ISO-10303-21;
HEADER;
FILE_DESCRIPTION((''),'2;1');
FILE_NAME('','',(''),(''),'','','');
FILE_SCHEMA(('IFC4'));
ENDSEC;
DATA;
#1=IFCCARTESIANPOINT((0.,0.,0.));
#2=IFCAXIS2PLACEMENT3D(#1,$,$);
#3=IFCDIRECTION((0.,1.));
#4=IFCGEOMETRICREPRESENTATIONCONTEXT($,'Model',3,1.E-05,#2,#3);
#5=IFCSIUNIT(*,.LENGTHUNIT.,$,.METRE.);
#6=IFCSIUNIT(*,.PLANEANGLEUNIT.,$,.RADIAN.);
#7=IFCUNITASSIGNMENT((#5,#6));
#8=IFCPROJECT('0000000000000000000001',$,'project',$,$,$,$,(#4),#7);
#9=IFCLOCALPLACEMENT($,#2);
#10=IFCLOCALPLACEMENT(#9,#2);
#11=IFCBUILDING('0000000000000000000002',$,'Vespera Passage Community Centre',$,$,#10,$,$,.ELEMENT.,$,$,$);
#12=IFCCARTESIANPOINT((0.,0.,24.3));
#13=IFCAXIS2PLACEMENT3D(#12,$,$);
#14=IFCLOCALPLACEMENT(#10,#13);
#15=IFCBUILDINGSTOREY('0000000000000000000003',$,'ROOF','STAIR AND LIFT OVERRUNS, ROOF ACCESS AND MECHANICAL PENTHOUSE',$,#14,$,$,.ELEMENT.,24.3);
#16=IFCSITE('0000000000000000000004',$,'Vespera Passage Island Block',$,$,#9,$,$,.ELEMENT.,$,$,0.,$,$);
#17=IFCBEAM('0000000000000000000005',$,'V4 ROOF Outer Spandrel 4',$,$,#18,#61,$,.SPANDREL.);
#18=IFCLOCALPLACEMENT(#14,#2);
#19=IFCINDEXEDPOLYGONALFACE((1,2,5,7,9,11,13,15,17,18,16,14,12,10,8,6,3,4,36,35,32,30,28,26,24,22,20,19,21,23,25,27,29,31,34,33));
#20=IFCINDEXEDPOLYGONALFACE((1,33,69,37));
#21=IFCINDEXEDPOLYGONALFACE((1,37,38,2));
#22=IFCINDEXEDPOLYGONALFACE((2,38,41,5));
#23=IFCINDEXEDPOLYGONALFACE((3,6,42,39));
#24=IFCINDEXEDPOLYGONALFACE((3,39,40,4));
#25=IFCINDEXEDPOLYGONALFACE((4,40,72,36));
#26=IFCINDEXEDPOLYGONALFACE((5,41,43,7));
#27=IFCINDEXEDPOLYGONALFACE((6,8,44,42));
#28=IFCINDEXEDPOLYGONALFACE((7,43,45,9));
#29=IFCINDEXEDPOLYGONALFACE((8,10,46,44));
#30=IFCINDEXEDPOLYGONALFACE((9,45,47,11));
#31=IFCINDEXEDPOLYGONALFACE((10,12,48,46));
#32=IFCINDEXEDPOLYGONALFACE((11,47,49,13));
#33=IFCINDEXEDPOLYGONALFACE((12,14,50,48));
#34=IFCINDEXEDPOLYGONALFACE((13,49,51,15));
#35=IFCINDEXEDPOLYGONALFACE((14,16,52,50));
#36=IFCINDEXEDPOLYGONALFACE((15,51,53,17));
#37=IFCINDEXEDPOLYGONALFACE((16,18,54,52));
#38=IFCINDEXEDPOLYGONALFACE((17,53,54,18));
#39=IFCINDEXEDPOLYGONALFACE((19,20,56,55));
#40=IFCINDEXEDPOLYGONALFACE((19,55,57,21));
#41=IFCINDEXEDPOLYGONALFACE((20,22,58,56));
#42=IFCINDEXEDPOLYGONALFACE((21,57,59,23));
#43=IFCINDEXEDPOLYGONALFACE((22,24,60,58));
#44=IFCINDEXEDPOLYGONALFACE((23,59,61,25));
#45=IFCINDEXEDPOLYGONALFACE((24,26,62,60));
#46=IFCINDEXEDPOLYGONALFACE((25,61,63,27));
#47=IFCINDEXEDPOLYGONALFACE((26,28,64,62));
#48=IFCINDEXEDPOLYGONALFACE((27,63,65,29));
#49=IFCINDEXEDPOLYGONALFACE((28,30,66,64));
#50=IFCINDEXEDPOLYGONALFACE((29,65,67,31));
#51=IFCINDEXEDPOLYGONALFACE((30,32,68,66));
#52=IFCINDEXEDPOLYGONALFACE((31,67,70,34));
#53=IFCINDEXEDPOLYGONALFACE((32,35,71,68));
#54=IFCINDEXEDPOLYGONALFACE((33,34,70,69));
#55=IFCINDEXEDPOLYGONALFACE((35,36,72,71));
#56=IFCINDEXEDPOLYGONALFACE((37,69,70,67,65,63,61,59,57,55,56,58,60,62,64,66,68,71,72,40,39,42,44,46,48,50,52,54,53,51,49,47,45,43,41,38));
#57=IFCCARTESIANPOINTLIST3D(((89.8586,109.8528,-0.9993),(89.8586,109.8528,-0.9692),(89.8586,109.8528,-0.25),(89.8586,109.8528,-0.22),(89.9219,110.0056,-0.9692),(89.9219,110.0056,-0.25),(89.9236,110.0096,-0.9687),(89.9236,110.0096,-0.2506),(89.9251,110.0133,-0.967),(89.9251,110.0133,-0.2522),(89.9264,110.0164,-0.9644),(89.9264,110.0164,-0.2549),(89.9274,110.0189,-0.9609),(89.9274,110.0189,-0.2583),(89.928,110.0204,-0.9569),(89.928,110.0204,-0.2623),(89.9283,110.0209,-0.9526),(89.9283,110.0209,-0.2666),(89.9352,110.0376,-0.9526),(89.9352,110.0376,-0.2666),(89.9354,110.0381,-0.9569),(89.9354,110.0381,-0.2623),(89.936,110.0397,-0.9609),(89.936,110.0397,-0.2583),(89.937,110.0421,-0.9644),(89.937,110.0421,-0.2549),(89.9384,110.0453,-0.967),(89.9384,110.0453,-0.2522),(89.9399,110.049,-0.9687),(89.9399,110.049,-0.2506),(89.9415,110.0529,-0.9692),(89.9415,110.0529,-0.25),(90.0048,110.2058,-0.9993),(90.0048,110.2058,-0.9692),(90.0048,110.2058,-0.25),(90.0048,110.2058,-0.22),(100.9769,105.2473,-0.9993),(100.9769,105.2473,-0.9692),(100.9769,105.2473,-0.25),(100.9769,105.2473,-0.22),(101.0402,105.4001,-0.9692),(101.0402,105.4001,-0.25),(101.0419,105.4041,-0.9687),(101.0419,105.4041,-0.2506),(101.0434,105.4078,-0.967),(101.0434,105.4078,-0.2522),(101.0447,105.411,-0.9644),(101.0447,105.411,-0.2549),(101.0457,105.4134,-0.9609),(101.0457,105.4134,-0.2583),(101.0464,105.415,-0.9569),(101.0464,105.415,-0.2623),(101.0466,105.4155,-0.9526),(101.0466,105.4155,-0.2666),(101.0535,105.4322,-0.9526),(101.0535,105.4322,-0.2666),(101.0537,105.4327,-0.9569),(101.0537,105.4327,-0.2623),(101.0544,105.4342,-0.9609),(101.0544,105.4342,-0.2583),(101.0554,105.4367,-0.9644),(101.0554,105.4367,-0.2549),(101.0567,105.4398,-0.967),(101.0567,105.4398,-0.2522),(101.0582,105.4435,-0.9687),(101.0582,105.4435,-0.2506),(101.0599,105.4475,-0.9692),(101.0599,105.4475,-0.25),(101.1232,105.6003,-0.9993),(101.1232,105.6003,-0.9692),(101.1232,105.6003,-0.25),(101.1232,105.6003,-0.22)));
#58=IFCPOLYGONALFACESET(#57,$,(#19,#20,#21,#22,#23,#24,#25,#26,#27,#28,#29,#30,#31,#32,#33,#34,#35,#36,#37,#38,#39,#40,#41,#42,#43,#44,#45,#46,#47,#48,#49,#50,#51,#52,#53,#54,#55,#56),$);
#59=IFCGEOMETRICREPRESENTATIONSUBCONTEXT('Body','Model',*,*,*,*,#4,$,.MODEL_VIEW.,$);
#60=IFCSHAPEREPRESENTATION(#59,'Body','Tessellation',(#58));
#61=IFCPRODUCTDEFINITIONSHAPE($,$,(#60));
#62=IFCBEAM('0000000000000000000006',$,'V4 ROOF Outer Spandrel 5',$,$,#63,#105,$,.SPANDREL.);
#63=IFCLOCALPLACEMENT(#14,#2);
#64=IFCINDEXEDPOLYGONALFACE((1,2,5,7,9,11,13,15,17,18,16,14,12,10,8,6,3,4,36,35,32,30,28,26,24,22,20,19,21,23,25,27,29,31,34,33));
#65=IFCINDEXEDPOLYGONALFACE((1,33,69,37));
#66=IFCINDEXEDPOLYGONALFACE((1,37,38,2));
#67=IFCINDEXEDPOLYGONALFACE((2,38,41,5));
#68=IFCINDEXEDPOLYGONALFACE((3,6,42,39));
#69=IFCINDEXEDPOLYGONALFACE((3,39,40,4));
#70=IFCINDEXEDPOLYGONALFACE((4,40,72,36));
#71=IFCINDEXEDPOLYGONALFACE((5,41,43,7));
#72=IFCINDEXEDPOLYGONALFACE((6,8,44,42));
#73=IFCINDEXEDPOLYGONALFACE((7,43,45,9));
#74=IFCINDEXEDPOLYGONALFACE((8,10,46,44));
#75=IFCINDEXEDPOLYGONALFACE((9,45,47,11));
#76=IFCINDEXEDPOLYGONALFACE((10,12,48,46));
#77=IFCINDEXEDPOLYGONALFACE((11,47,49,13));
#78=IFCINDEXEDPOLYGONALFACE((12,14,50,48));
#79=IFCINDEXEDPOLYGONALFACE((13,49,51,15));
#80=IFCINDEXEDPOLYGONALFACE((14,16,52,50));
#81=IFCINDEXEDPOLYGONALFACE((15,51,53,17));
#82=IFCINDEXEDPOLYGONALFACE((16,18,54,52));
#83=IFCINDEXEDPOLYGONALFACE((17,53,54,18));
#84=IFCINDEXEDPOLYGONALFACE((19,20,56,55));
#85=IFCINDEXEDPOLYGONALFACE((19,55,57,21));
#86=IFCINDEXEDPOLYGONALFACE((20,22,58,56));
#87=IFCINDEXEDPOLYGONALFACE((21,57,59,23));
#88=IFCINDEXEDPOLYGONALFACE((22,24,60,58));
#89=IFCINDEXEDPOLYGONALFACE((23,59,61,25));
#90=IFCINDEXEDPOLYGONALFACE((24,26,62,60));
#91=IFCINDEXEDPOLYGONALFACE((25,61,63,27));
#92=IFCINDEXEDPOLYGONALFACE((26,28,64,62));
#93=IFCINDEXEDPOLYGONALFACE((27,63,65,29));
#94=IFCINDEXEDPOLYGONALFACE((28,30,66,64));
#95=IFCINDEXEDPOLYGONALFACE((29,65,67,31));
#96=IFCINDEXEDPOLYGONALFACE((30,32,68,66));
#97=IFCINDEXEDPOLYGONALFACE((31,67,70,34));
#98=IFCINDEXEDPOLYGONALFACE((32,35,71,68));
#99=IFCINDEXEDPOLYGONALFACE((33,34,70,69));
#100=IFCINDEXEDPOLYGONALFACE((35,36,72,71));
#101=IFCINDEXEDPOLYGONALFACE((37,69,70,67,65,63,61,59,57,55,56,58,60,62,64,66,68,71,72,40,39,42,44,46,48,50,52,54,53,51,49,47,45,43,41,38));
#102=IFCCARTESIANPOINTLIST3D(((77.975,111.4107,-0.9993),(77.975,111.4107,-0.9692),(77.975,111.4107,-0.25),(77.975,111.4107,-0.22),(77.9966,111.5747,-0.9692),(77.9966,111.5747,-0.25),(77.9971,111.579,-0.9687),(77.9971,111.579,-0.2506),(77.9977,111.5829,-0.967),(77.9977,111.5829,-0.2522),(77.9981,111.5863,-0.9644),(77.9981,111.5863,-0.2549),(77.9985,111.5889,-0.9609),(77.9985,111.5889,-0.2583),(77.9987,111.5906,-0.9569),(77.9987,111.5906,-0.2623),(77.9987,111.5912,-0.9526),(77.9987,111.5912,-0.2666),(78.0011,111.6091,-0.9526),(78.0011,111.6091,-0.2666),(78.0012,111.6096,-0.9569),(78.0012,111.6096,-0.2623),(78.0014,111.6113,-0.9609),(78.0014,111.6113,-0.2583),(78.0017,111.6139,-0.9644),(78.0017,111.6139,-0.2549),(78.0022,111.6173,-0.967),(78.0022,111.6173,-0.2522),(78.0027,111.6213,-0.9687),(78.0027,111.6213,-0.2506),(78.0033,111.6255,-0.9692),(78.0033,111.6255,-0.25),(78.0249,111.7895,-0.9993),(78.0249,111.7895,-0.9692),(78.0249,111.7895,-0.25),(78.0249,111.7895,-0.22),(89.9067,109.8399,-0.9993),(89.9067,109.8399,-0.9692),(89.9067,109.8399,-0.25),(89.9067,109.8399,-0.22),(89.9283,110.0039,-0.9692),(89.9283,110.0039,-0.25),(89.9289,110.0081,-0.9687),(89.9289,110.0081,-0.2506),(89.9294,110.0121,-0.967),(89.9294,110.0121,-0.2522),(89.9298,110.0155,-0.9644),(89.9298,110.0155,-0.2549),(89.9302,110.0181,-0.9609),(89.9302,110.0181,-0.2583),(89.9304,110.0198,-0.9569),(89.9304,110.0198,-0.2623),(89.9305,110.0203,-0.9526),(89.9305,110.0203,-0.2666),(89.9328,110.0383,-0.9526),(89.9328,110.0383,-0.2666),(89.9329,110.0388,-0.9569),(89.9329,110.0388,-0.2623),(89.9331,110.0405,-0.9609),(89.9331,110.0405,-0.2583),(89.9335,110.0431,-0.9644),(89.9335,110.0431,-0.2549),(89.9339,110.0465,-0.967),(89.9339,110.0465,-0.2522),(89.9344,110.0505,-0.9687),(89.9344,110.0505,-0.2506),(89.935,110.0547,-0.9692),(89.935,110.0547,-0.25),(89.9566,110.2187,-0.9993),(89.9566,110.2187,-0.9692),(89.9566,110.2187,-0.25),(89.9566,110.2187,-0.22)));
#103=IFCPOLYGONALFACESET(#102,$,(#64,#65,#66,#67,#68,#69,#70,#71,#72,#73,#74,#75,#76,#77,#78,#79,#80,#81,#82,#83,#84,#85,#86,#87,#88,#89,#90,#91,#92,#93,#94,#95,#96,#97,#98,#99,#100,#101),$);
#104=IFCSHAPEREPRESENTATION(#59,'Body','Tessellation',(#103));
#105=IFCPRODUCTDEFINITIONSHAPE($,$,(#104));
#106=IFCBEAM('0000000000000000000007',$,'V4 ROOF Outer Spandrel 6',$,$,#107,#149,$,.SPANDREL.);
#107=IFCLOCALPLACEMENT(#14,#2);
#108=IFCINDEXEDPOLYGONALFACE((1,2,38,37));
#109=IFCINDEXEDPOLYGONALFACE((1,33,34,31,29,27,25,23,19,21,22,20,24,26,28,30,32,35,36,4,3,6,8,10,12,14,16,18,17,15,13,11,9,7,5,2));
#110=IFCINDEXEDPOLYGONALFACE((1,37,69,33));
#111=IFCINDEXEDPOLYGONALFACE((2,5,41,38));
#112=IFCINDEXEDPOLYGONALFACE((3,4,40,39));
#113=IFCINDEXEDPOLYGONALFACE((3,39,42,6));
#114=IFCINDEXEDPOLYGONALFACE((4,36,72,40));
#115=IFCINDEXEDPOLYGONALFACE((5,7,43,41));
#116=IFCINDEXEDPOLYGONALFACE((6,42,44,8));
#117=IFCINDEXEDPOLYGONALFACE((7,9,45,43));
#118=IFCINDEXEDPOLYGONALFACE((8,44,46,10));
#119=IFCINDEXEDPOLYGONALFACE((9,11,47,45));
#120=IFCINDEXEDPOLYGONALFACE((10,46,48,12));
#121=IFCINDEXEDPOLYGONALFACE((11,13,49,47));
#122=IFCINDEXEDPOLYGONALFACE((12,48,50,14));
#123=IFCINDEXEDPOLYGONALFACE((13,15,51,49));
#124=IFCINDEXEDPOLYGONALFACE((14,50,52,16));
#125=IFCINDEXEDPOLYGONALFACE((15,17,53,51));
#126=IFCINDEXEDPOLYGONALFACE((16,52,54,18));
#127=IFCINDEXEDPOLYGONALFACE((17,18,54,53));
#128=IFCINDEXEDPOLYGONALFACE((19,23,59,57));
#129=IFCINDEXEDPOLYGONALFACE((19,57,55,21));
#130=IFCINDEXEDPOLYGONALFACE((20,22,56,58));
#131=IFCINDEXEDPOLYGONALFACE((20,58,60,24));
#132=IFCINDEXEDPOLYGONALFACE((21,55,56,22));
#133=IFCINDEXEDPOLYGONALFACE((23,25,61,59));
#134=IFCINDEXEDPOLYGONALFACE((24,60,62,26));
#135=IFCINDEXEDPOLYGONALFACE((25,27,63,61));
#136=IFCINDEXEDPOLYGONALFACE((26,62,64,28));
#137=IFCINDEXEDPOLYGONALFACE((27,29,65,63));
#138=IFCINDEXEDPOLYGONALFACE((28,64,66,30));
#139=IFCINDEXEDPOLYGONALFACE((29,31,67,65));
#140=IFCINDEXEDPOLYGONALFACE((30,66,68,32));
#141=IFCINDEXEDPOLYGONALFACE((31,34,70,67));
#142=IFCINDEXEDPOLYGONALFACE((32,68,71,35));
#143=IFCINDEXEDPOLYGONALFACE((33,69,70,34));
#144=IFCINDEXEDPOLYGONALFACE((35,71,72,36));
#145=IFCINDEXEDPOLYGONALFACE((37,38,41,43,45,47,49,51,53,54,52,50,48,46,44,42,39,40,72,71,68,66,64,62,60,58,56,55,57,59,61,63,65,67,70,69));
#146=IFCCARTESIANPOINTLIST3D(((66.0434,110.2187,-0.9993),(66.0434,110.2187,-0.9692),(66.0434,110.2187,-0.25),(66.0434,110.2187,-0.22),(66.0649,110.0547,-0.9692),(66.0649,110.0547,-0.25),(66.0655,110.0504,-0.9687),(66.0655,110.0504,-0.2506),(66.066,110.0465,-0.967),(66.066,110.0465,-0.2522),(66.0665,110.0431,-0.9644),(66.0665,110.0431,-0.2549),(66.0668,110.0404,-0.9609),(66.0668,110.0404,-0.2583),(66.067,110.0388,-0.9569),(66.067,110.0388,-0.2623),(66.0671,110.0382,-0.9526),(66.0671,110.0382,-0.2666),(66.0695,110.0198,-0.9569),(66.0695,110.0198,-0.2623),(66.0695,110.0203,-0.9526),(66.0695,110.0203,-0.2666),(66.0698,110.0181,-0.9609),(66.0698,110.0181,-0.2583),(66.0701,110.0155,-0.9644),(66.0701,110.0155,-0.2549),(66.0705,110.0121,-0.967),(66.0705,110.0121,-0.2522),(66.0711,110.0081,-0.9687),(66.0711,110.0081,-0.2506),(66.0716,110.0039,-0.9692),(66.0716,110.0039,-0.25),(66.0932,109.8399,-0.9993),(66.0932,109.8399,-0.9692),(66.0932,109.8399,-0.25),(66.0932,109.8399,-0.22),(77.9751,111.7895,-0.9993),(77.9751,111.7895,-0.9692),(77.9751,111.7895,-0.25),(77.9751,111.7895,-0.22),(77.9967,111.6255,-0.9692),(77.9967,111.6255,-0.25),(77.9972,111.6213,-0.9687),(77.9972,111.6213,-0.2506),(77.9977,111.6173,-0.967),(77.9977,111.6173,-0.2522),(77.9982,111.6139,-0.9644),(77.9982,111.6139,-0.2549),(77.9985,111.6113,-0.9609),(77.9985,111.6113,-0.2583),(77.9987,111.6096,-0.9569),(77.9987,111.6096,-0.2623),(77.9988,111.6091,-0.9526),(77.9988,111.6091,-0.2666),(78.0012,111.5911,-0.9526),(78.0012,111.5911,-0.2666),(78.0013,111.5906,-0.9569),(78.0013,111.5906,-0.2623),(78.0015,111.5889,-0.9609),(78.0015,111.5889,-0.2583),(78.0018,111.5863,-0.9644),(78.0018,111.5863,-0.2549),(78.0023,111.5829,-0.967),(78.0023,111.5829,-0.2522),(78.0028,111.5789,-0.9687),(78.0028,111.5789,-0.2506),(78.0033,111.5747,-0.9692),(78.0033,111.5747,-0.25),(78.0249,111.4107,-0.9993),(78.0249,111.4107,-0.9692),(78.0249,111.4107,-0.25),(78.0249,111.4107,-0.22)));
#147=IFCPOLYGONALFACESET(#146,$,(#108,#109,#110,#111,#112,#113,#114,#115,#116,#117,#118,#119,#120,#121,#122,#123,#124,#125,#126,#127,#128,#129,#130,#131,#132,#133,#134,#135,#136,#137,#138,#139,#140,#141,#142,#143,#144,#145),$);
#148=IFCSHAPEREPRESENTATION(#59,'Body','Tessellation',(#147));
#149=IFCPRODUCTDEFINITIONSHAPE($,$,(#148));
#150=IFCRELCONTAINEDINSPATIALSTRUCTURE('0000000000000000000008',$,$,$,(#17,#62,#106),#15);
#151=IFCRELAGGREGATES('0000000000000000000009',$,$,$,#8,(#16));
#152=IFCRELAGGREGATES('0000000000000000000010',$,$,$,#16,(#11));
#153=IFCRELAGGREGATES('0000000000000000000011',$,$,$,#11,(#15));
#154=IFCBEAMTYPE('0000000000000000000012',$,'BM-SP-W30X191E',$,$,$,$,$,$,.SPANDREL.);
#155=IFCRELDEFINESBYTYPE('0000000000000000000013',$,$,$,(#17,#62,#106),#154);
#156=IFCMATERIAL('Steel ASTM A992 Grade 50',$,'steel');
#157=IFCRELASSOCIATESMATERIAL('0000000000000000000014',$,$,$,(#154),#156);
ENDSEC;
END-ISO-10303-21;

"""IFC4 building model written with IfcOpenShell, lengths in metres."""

from ifc_helpers import new_model, si_unit, direction, frame, origin, origin_2d, place, context, subcontext, project, spatial, i_section, extrude, material, material_profile, profile_set, type_object, element, save


model = new_model("IFC4")

# Units and contexts
model_context = context("Model", 3, precision=1e-05, world=origin(), true_north=direction((0.0, 1.0)))
body_context = subcontext(model_context, "Body", "Model", "MODEL_VIEW")
ifc_project = project(units=[si_unit("LENGTHUNIT", "METRE"), si_unit("PLANEANGLEUNIT", "RADIAN")], contexts=[model_context])

# Site, building, storey
site_placement = place(None, origin())
site = spatial("IfcSite", under=ifc_project, at=site_placement, Name="Vespera Passage Island Block", CompositionType="ELEMENT", RefElevation=0.0)
building_placement = place(site_placement, origin())
building = spatial("IfcBuilding", under=site, at=building_placement, Name="Vespera Passage Community Centre", CompositionType="ELEMENT")
storey_placement = place(building_placement, frame((0.0, 0.0, 24.3)))
storey = spatial("IfcBuildingStorey", under=building, at=storey_placement, Name="ROOF", Description="STAIR AND LIFT OVERRUNS, ROOF ACCESS AND MECHANICAL PENTHOUSE", CompositionType="ELEMENT", Elevation=24.3)

# Beams
ifc_material_1 = material(Name="Steel ASTM A992 Grade 50", Category="steel")
ifc_material_profile_1 = material_profile(ifc_material_1, i_section(OverallWidth=0.3821, OverallDepth=0.7793, WebThickness=0.0181, FlangeThickness=0.03, FilletRadius=0.0166, at=origin_2d()), Name="W30X191")
ifc_profile_set_1 = profile_set([ifc_material_profile_1], Name="Steel ASTM A992 Grade 50")
beam_type_1 = type_object("IfcBeamType", Name="BM-SP-W30X191E", PredefinedType="SPANDREL", material=ifc_profile_set_1)
for number, where, z_axis, x_axis, name in (
    (1, (101.05, 105.4238, -0.6096), (-0.923877, 0.382689, 0.0), (-0.382689, -0.923877, 0.0), "V4 ROOF Outer Spandrel 4"),
):
    element("IfcBeam", number, at=place(storey_placement, frame(where, z_axis=z_axis, x_axis=x_axis)), inside=storey, type_object=beam_type_1, Name=name, PredefinedType="SPANDREL", context=body_context, shape_type="SweptSolid", body=[
        extrude(i_section(OverallWidth=0.3821, OverallDepth=0.7793, WebThickness=0.0181, FlangeThickness=0.03, FilletRadius=0.0166, at=origin_2d()), origin(), (0.0, 0.0, 1.0), 12.0344),
    ])
for number, where, z_axis, x_axis, name in (
    (2, (89.9316, 110.0293, -0.6096), (-0.991445, 0.130524, 0.0), (-0.130524, -0.991445, 0.0), "V4 ROOF Outer Spandrel 5"),
    (3, (78.0, 111.6001, -0.6096), (-0.991445, -0.130524, 0.0), (0.130524, -0.991445, 0.0), "V4 ROOF Outer Spandrel 6"),
):
    element("IfcBeam", number, at=place(storey_placement, frame(where, z_axis=z_axis, x_axis=x_axis)), inside=storey, type_object=beam_type_1, Name=name, PredefinedType="SPANDREL", context=body_context, shape_type="SweptSolid", body=[
        extrude(i_section(OverallWidth=0.3821, OverallDepth=0.7793, WebThickness=0.0181, FlangeThickness=0.03, FilletRadius=0.0166, at=origin_2d()), origin(), (0.0, 0.0, 1.0), 12.0347),
    ])

save(model, "model.ifc")
